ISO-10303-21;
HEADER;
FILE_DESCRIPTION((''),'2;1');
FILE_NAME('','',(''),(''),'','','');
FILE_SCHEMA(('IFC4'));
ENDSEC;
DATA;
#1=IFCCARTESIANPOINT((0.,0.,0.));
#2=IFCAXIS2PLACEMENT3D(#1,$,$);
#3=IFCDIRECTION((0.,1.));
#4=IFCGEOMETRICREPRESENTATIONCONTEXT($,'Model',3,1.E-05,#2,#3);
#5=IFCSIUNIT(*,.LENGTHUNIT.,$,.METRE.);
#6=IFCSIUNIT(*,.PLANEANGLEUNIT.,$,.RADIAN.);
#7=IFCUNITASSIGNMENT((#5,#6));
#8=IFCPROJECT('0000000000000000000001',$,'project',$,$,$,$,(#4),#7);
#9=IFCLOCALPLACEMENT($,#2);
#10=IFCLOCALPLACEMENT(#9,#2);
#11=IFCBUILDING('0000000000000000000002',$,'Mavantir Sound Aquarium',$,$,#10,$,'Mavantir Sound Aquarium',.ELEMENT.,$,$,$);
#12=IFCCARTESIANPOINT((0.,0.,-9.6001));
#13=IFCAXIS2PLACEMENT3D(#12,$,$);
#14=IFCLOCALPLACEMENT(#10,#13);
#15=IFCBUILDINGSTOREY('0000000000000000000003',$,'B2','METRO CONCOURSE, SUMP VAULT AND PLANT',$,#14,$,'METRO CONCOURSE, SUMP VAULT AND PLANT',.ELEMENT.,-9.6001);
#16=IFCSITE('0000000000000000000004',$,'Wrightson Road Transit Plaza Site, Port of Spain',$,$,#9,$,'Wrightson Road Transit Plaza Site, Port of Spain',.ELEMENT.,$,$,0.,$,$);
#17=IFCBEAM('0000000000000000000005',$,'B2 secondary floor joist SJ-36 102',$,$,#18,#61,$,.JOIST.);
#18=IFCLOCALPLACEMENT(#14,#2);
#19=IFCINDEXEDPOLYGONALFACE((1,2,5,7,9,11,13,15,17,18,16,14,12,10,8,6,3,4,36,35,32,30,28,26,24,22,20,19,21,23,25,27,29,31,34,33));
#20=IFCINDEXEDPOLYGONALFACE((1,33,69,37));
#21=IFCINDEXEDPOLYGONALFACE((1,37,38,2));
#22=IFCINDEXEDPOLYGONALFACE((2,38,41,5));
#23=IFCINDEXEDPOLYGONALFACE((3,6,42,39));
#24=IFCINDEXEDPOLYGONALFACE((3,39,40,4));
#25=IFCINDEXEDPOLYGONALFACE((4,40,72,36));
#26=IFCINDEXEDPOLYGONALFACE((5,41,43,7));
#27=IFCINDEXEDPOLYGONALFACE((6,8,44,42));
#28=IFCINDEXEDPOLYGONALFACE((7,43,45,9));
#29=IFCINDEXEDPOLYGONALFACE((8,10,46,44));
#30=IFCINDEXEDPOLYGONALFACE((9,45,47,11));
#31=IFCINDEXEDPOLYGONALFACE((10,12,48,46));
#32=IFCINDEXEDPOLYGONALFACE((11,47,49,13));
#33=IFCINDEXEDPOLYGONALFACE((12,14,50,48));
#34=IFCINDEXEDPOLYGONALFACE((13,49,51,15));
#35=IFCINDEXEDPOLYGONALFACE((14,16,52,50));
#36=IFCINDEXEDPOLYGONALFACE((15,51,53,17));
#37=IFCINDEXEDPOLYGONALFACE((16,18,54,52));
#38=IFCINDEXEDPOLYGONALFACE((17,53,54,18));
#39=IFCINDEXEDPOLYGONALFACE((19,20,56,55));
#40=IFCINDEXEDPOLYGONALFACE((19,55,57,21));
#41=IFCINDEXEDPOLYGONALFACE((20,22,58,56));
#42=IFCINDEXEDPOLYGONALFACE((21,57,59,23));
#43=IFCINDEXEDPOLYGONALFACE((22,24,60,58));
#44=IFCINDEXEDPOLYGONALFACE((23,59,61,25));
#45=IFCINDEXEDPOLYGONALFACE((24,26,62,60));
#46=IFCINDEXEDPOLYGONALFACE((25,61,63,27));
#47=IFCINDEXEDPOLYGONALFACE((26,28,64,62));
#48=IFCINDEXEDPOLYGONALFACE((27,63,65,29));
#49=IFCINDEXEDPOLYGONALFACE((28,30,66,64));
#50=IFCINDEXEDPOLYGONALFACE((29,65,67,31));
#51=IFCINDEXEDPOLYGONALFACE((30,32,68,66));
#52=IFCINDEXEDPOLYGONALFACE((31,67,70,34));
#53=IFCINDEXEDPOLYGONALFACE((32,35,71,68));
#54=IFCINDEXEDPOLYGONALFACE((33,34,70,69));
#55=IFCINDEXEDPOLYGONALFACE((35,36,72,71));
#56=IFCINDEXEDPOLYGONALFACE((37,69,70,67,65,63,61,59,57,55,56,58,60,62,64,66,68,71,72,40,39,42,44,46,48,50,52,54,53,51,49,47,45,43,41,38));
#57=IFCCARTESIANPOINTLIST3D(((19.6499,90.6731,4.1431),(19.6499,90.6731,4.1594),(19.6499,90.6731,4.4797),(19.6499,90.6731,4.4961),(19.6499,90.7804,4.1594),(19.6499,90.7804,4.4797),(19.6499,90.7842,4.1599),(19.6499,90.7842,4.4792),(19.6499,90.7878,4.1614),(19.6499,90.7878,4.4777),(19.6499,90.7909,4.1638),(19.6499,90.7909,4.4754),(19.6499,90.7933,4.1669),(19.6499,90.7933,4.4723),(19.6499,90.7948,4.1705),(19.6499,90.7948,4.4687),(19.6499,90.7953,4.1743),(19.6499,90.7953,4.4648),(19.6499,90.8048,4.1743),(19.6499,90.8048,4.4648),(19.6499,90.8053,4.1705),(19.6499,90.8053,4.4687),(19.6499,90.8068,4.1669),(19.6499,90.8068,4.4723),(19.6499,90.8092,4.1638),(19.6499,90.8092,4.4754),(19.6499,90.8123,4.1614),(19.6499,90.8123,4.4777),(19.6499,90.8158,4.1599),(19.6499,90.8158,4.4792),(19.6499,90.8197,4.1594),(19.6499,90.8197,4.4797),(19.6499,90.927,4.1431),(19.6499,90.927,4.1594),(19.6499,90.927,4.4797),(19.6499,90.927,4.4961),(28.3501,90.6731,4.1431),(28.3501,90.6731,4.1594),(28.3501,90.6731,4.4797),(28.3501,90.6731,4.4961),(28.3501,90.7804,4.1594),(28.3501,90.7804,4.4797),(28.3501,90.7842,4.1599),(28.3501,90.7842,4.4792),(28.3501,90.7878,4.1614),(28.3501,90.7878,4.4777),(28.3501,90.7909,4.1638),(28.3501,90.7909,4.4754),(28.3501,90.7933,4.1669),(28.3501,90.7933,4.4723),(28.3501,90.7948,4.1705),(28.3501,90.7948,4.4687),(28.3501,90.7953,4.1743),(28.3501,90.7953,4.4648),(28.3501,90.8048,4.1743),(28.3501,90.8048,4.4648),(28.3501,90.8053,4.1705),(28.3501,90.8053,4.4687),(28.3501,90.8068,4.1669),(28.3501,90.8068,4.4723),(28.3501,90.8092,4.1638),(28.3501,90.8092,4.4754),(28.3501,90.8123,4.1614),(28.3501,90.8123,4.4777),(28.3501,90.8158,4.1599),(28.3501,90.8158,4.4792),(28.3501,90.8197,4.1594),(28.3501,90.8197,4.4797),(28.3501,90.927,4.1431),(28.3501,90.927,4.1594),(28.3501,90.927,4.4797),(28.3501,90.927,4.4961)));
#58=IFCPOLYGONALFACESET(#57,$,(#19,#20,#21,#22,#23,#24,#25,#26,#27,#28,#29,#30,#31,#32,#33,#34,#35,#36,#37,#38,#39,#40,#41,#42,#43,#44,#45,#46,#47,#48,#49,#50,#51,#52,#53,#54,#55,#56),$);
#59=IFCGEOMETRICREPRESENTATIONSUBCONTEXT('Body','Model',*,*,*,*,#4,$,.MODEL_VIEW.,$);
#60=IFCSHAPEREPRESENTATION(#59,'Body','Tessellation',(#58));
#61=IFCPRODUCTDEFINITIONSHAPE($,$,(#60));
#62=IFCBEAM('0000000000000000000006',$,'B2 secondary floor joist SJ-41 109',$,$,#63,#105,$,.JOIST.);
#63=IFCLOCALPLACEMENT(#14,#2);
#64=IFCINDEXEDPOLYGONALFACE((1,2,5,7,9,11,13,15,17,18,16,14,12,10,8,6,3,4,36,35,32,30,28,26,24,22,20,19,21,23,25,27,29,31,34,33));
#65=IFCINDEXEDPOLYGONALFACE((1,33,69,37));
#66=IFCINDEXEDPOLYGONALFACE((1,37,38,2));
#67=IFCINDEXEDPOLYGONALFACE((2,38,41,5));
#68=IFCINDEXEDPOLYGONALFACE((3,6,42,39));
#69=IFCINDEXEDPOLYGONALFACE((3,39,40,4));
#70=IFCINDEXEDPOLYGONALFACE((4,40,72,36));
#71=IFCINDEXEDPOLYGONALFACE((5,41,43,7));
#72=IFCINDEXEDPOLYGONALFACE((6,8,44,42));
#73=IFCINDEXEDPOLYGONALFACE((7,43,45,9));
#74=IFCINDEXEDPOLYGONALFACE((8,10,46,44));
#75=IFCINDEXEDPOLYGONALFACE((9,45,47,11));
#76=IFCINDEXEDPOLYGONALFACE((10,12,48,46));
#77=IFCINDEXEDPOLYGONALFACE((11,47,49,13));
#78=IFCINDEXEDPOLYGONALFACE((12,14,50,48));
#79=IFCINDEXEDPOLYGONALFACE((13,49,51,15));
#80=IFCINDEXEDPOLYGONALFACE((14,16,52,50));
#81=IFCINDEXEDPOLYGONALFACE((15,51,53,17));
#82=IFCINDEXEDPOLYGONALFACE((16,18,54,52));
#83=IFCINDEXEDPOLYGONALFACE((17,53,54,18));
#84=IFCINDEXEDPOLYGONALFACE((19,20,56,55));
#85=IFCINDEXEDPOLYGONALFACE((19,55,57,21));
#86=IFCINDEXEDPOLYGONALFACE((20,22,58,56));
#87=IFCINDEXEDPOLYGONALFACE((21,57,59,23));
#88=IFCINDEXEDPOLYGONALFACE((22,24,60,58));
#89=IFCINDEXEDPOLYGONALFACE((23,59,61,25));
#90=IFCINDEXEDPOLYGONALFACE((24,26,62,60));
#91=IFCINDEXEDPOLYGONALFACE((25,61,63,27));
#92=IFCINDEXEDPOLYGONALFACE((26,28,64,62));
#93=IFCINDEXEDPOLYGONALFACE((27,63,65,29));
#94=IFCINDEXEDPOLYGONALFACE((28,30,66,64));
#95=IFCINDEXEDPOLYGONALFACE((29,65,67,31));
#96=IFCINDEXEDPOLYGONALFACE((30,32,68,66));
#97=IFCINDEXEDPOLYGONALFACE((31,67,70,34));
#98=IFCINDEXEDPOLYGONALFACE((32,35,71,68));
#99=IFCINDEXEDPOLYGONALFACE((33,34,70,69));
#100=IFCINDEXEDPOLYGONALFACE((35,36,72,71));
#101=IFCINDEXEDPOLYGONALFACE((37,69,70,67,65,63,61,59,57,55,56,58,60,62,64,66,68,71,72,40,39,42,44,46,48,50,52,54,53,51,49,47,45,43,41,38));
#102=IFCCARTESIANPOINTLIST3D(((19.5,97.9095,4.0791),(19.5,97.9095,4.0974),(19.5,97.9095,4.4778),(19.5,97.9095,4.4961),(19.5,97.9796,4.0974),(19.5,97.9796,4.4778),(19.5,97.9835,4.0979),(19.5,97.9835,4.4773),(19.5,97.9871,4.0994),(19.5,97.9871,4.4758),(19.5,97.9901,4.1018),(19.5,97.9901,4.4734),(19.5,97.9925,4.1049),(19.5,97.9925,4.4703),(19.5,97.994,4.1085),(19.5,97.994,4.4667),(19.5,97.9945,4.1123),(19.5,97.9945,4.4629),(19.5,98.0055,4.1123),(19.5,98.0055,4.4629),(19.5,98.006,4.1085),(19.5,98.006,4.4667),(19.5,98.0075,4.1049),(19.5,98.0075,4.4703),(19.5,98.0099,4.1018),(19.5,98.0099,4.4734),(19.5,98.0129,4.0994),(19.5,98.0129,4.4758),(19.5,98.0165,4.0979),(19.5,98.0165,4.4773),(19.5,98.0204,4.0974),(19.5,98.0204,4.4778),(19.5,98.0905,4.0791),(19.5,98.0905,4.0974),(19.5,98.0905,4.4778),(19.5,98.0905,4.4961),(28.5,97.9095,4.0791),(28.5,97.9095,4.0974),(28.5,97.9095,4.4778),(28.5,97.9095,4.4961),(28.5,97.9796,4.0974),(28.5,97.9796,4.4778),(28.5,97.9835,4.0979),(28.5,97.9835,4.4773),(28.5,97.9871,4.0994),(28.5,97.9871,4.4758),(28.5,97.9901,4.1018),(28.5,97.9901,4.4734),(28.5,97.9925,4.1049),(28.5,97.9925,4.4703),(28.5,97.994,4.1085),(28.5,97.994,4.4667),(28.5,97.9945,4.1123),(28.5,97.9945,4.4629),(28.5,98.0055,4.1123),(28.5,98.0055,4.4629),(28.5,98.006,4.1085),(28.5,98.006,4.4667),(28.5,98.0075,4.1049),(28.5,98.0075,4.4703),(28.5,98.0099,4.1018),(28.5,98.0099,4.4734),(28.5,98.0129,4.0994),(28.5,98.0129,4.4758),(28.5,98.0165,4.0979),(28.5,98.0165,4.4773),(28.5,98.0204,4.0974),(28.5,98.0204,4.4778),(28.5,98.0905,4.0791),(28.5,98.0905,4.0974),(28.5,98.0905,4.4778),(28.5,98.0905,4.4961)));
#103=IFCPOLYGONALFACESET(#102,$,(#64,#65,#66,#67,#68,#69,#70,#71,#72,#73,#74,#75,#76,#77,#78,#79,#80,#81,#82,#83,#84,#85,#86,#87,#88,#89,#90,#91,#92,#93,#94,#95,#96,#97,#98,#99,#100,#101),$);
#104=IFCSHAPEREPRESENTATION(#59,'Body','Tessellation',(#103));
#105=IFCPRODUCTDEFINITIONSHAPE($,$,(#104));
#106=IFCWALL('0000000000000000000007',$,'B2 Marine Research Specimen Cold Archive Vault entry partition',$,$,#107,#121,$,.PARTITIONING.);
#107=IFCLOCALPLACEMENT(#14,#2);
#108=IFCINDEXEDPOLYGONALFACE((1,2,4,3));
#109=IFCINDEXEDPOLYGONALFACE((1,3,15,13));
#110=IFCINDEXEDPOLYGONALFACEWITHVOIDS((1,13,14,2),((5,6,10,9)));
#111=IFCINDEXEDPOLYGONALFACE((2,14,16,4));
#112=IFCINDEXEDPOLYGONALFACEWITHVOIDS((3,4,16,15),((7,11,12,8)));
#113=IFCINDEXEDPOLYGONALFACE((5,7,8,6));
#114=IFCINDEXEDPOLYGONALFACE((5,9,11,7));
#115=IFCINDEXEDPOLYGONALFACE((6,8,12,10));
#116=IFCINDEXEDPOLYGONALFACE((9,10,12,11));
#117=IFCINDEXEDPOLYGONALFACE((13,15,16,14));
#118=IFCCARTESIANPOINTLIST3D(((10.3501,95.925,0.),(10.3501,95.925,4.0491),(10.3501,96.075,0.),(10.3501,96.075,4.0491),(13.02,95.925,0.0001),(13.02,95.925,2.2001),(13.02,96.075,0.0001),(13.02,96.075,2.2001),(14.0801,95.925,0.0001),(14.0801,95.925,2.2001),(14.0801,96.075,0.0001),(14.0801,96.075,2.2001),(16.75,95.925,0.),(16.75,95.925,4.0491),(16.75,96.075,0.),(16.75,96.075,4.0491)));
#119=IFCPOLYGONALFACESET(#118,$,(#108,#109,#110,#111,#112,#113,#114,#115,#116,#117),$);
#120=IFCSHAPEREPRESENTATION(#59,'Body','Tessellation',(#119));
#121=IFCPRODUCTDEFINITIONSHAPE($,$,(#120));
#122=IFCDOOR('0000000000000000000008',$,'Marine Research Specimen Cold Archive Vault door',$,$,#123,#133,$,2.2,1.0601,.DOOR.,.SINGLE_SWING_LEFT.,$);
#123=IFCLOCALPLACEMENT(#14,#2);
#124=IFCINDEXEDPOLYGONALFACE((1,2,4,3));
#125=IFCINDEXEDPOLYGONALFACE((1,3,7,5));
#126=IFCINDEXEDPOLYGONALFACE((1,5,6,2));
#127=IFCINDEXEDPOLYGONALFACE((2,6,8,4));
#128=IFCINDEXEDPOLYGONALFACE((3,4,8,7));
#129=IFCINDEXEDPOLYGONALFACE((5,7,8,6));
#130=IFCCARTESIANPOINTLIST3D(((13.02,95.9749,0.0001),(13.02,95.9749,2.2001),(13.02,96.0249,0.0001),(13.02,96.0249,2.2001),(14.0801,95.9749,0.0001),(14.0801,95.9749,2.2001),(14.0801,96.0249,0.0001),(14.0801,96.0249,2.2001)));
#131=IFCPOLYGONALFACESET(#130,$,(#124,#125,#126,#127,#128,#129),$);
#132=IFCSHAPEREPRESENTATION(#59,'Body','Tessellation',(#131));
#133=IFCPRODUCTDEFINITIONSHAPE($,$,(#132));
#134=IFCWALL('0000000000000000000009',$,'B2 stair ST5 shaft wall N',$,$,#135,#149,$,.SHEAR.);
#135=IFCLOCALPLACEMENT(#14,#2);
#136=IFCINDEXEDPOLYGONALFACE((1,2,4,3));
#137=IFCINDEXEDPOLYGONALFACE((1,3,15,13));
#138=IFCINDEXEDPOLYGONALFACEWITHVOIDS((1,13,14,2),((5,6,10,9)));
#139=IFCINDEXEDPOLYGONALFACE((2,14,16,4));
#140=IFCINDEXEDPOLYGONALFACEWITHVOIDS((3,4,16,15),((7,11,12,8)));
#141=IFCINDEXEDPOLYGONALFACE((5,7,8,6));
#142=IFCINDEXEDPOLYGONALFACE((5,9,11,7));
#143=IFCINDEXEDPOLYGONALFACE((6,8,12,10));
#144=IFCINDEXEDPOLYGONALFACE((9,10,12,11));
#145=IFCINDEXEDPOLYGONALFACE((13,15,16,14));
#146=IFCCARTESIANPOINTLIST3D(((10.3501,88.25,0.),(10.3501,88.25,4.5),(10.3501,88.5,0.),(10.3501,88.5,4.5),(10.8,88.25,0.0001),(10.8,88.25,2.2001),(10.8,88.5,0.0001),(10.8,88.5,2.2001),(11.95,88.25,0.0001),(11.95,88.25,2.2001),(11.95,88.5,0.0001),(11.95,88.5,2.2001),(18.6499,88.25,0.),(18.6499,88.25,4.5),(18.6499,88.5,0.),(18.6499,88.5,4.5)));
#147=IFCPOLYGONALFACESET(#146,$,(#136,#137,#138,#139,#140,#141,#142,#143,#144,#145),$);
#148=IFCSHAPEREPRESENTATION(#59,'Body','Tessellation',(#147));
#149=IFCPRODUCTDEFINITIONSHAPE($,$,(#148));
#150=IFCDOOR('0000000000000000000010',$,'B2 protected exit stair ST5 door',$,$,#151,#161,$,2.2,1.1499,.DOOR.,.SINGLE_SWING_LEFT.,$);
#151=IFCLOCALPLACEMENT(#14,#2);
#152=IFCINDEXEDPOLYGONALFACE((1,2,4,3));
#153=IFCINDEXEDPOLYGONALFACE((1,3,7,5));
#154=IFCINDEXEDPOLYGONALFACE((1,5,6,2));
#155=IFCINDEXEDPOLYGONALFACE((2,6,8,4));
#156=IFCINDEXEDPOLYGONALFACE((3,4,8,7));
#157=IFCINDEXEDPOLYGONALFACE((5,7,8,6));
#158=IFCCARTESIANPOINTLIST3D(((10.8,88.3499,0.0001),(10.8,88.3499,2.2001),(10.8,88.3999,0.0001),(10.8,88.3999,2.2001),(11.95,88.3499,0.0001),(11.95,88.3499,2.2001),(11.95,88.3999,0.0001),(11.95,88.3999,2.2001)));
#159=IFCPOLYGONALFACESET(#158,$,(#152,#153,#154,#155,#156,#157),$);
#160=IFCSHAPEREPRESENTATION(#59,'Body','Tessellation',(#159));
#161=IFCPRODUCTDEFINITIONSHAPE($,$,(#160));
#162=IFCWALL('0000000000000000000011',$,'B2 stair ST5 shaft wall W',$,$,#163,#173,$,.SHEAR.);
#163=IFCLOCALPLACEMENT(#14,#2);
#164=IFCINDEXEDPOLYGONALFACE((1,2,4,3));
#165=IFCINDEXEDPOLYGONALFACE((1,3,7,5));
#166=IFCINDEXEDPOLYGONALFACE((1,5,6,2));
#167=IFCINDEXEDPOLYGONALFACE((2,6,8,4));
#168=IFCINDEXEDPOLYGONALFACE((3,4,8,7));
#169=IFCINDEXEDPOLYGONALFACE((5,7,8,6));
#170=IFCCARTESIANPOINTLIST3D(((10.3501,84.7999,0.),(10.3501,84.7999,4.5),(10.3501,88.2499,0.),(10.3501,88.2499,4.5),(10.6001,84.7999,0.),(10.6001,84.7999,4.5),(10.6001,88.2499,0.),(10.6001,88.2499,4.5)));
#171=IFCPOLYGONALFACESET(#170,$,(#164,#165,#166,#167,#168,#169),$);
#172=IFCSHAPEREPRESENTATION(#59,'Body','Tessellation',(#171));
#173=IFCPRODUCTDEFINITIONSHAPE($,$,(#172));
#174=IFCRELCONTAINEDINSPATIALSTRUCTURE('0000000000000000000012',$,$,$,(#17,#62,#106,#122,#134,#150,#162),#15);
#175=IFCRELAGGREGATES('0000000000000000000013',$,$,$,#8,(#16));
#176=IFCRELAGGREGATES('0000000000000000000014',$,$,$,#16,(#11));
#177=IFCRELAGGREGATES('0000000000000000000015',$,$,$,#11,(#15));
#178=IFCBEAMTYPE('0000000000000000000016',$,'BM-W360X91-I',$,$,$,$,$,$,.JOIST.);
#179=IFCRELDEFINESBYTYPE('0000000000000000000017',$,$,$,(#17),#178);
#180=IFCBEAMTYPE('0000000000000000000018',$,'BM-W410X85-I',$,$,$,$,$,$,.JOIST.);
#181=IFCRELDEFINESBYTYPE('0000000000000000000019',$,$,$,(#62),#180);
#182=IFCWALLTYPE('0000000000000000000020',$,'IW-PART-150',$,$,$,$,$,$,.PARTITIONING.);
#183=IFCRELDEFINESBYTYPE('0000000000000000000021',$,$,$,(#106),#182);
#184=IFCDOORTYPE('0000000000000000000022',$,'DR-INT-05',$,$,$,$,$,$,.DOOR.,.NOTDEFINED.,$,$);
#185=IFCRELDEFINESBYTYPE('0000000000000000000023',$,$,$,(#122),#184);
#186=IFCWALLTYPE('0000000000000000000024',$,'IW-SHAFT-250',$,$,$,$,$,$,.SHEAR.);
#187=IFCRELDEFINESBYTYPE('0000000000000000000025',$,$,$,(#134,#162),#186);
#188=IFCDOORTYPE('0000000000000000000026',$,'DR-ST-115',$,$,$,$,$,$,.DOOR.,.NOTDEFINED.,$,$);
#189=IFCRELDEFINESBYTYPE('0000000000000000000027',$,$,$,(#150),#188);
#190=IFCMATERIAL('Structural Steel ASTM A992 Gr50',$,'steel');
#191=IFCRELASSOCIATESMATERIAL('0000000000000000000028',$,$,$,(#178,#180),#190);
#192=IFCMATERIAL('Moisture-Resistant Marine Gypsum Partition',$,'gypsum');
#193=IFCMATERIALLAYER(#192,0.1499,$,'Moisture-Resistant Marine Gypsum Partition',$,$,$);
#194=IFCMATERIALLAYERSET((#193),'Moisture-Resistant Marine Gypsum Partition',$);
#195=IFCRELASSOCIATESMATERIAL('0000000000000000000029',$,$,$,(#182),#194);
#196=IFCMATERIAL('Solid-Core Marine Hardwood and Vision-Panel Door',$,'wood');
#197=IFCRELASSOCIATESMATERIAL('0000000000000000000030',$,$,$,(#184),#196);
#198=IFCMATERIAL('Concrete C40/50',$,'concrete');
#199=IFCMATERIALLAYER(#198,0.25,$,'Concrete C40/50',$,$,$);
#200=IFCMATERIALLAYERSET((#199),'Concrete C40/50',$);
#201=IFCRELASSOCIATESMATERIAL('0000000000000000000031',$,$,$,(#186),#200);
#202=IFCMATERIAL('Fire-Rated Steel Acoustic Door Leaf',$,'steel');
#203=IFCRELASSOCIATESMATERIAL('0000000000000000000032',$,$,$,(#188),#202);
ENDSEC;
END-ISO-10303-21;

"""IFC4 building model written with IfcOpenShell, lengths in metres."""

from ifc_helpers import new_model, si_unit, direction, frame, frame_2d, origin, origin_2d, place, context, subcontext, project, spatial, rectangle, i_section, extrude, material, layer, layer_set, material_profile, profile_set, type_object, element, fill, save


model = new_model("IFC4")

# Units and contexts
model_context = context("Model", 3, precision=1e-05, world=origin(), true_north=direction((0.0, 1.0)))
body_context = subcontext(model_context, "Body", "Model", "MODEL_VIEW")
ifc_project = project(units=[si_unit("LENGTHUNIT", "METRE"), si_unit("PLANEANGLEUNIT", "RADIAN")], contexts=[model_context])

# Site, building, storey
site_placement = place(None, origin())
site = spatial("IfcSite", under=ifc_project, at=site_placement, Name="Wrightson Road Transit Plaza Site, Port of Spain", LongName="Wrightson Road Transit Plaza Site, Port of Spain", CompositionType="ELEMENT", RefElevation=0.0)
building_placement = place(site_placement, origin())
building = spatial("IfcBuilding", under=site, at=building_placement, Name="Mavantir Sound Aquarium", LongName="Mavantir Sound Aquarium", CompositionType="ELEMENT")
storey_placement = place(building_placement, frame((0.0, 0.0, -9.6001)))
storey = spatial("IfcBuildingStorey", under=building, at=storey_placement, Name="B2", Description="METRO CONCOURSE, SUMP VAULT AND PLANT", LongName="METRO CONCOURSE, SUMP VAULT AND PLANT", CompositionType="ELEMENT", Elevation=-9.6001)

# Shared definitions
ifc_material_1 = material(Name="Concrete C40/50", Category="concrete")

# Beams
ifc_material_2 = material(Name="Structural Steel ASTM A992 Gr50", Category="steel")
ifc_material_profile_1 = material_profile(ifc_material_2, i_section(OverallWidth=0.2539, OverallDepth=0.353, WebThickness=0.0095, FlangeThickness=0.0164, FilletRadius=0.0149, at=origin_2d()), Name="W360X91")
ifc_profile_set_1 = profile_set([ifc_material_profile_1], Name="Structural Steel ASTM A992 Gr50")
beam_type_1 = type_object("IfcBeamType", Name="BM-W360X91-I", PredefinedType="JOIST", material=ifc_profile_set_1)
beam_1_placement = place(storey_placement, frame((19.6499, 90.8, 4.3196), z_axis=(1.0, 0.0, 0.0), x_axis=(0.0, 1.0, 0.0)))
element("IfcBeam", 1, at=beam_1_placement, inside=storey, type_object=beam_type_1, Name="B2 secondary floor joist SJ-36 102", PredefinedType="JOIST", context=body_context, shape_type="SweptSolid", body=[
    extrude(i_section(OverallWidth=0.2539, OverallDepth=0.353, WebThickness=0.0095, FlangeThickness=0.0164, FilletRadius=0.0149, at=origin_2d()), origin(), (0.0, 0.0, 1.0), 8.7002),
])
ifc_material_profile_2 = material_profile(ifc_material_2, i_section(OverallWidth=0.1809, OverallDepth=0.417, WebThickness=0.011, FlangeThickness=0.0183, FilletRadius=0.0149, at=origin_2d()), Name="W410X85")
ifc_profile_set_2 = profile_set([ifc_material_profile_2], Name="Structural Steel ASTM A992 Gr50")
beam_type_2 = type_object("IfcBeamType", Name="BM-W410X85-I", PredefinedType="JOIST", material=ifc_profile_set_2)
beam_2_placement = place(storey_placement, frame((19.5, 98.0, 4.2876), z_axis=(1.0, 0.0, 0.0), x_axis=(0.0, 1.0, 0.0)))
element("IfcBeam", 2, at=beam_2_placement, inside=storey, type_object=beam_type_2, Name="B2 secondary floor joist SJ-41 109", PredefinedType="JOIST", context=body_context, shape_type="SweptSolid", body=[
    extrude(i_section(OverallWidth=0.1809, OverallDepth=0.417, WebThickness=0.011, FlangeThickness=0.0183, FilletRadius=0.0149, at=origin_2d()), origin(), (0.0, 0.0, 1.0), 9.0),
])

# Walls, openings, doors
ifc_material_3 = material(Name="Moisture-Resistant Marine Gypsum Partition", Category="gypsum")
ifc_layer_1 = layer(ifc_material_3, 0.1499, Name="Moisture-Resistant Marine Gypsum Partition")
ifc_layer_set_1 = layer_set([ifc_layer_1], Name="Moisture-Resistant Marine Gypsum Partition")
wall_type_1 = type_object("IfcWallType", Name="IW-PART-150", PredefinedType="PARTITIONING", material=ifc_layer_set_1)
wall_1_placement = place(storey_placement, frame((10.3501, 96.0, 0.0), z_axis=(0.0, 0.0, 1.0), x_axis=(1.0, 0.0, 0.0)))
wall_1 = element("IfcWall", 3, at=wall_1_placement, inside=storey, type_object=wall_type_1, Name="B2 Marine Research Specimen Cold Archive Vault entry partition", PredefinedType="PARTITIONING", context=body_context, shape_type="SweptSolid", body=[
    extrude(rectangle(XDim=6.3999, YDim=0.1499, at=frame_2d((3.2, 0.0))), origin(), (0.0, 0.0, 1.0), 4.0491),
])
opening_1_placement = place(wall_1_placement, frame((2.6699, 0.0, 0.0)))
opening_1 = element("IfcOpeningElement", 4, at=opening_1_placement, cuts=wall_1, PredefinedType="OPENING", context=body_context, shape_type="SweptSolid", body=[
    extrude(rectangle(XDim=1.0601, YDim=2.2, at=frame_2d((0.53, 1.1001))), frame((0.0, 0.085, 0.0), z_axis=(0.0, -1.0, 0.0), x_axis=(1.0, 0.0, 0.0)), (0.0, 0.0, 1.0), 0.1699),
])
ifc_material_4 = material(Name="Solid-Core Marine Hardwood and Vision-Panel Door", Category="wood")
door_type_1 = type_object("IfcDoorType", Name="DR-INT-05", OperationType="NOTDEFINED", PredefinedType="DOOR", material=ifc_material_4)
door_1_placement = place(opening_1_placement, origin())
door_1 = element("IfcDoor", 5, at=door_1_placement, inside=storey, type_object=door_type_1, Name="Marine Research Specimen Cold Archive Vault door", OperationType="SINGLE_SWING_LEFT", OverallHeight=2.2, OverallWidth=1.0601, PredefinedType="DOOR", context=body_context, shape_type="SweptSolid", body=[
    extrude(rectangle(XDim=1.0601, YDim=2.2, at=frame_2d((0.53, 1.1001))), frame((0.0, 0.0249, 0.0), z_axis=(0.0, -1.0, 0.0), x_axis=(1.0, 0.0, 0.0)), (0.0, 0.0, 1.0), 0.05),
])
fill(opening_1, door_1)
ifc_layer_2 = layer(ifc_material_1, 0.25, Name="Concrete C40/50")
ifc_layer_set_2 = layer_set([ifc_layer_2], Name="Concrete C40/50")
wall_type_2 = type_object("IfcWallType", Name="IW-SHAFT-250", PredefinedType="SHEAR", material=ifc_layer_set_2)
wall_2_placement = place(storey_placement, frame((18.6499, 88.375, 0.0), z_axis=(0.0, 0.0, 1.0), x_axis=(-1.0, 0.0, 0.0)))
wall_2 = element("IfcWall", 6, at=wall_2_placement, inside=storey, type_object=wall_type_2, Name="B2 stair ST5 shaft wall N", PredefinedType="SHEAR", context=body_context, shape_type="SweptSolid", body=[
    extrude(rectangle(XDim=8.2998, YDim=0.25, at=frame_2d((4.1499, 0.0))), origin(), (0.0, 0.0, 1.0), 4.5),
])
opening_2_placement = place(wall_2_placement, frame((7.8499, 0.0, 0.0), z_axis=(0.0, 0.0, 1.0), x_axis=(-1.0, 0.0, 0.0)))
opening_2 = element("IfcOpeningElement", 7, at=opening_2_placement, cuts=wall_2, PredefinedType="OPENING", context=body_context, shape_type="SweptSolid", body=[
    extrude(rectangle(XDim=1.1499, YDim=2.2, at=frame_2d((0.575, 1.1001))), frame((0.0, 0.135, 0.0), z_axis=(0.0, -1.0, 0.0), x_axis=(1.0, 0.0, 0.0)), (0.0, 0.0, 1.0), 0.27),
])
ifc_material_5 = material(Name="Fire-Rated Steel Acoustic Door Leaf", Category="steel")
door_type_2 = type_object("IfcDoorType", Name="DR-ST-115", OperationType="NOTDEFINED", PredefinedType="DOOR", material=ifc_material_5)
door_2_placement = place(opening_2_placement, origin())
door_2 = element("IfcDoor", 8, at=door_2_placement, inside=storey, type_object=door_type_2, Name="B2 protected exit stair ST5 door", OperationType="SINGLE_SWING_LEFT", OverallHeight=2.2, OverallWidth=1.1499, PredefinedType="DOOR", context=body_context, shape_type="SweptSolid", body=[
    extrude(rectangle(XDim=1.1499, YDim=2.2, at=frame_2d((0.575, 1.1001))), frame((0.0, 0.0249, 0.0), z_axis=(0.0, -1.0, 0.0), x_axis=(1.0, 0.0, 0.0)), (0.0, 0.0, 1.0), 0.05),
])
fill(opening_2, door_2)

# Wall
for number, where, z_axis, x_axis, name in (
    (9, (10.4751, 88.25, 0.0), (0.0, 0.0, 1.0), (0.0, -1.0, 0.0), "B2 stair ST5 shaft wall W"),
):
    element("IfcWall", number, at=place(storey_placement, frame(where, z_axis=z_axis, x_axis=x_axis)), inside=storey, type_object=wall_type_2, Name=name, PredefinedType="SHEAR", context=body_context, shape_type="SweptSolid", body=[
        extrude(rectangle(XDim=3.45, YDim=0.25, at=frame_2d((1.7251, 0.0))), origin(), (0.0, 0.0, 1.0), 4.5),
    ])

save(model, "model.ifc")
